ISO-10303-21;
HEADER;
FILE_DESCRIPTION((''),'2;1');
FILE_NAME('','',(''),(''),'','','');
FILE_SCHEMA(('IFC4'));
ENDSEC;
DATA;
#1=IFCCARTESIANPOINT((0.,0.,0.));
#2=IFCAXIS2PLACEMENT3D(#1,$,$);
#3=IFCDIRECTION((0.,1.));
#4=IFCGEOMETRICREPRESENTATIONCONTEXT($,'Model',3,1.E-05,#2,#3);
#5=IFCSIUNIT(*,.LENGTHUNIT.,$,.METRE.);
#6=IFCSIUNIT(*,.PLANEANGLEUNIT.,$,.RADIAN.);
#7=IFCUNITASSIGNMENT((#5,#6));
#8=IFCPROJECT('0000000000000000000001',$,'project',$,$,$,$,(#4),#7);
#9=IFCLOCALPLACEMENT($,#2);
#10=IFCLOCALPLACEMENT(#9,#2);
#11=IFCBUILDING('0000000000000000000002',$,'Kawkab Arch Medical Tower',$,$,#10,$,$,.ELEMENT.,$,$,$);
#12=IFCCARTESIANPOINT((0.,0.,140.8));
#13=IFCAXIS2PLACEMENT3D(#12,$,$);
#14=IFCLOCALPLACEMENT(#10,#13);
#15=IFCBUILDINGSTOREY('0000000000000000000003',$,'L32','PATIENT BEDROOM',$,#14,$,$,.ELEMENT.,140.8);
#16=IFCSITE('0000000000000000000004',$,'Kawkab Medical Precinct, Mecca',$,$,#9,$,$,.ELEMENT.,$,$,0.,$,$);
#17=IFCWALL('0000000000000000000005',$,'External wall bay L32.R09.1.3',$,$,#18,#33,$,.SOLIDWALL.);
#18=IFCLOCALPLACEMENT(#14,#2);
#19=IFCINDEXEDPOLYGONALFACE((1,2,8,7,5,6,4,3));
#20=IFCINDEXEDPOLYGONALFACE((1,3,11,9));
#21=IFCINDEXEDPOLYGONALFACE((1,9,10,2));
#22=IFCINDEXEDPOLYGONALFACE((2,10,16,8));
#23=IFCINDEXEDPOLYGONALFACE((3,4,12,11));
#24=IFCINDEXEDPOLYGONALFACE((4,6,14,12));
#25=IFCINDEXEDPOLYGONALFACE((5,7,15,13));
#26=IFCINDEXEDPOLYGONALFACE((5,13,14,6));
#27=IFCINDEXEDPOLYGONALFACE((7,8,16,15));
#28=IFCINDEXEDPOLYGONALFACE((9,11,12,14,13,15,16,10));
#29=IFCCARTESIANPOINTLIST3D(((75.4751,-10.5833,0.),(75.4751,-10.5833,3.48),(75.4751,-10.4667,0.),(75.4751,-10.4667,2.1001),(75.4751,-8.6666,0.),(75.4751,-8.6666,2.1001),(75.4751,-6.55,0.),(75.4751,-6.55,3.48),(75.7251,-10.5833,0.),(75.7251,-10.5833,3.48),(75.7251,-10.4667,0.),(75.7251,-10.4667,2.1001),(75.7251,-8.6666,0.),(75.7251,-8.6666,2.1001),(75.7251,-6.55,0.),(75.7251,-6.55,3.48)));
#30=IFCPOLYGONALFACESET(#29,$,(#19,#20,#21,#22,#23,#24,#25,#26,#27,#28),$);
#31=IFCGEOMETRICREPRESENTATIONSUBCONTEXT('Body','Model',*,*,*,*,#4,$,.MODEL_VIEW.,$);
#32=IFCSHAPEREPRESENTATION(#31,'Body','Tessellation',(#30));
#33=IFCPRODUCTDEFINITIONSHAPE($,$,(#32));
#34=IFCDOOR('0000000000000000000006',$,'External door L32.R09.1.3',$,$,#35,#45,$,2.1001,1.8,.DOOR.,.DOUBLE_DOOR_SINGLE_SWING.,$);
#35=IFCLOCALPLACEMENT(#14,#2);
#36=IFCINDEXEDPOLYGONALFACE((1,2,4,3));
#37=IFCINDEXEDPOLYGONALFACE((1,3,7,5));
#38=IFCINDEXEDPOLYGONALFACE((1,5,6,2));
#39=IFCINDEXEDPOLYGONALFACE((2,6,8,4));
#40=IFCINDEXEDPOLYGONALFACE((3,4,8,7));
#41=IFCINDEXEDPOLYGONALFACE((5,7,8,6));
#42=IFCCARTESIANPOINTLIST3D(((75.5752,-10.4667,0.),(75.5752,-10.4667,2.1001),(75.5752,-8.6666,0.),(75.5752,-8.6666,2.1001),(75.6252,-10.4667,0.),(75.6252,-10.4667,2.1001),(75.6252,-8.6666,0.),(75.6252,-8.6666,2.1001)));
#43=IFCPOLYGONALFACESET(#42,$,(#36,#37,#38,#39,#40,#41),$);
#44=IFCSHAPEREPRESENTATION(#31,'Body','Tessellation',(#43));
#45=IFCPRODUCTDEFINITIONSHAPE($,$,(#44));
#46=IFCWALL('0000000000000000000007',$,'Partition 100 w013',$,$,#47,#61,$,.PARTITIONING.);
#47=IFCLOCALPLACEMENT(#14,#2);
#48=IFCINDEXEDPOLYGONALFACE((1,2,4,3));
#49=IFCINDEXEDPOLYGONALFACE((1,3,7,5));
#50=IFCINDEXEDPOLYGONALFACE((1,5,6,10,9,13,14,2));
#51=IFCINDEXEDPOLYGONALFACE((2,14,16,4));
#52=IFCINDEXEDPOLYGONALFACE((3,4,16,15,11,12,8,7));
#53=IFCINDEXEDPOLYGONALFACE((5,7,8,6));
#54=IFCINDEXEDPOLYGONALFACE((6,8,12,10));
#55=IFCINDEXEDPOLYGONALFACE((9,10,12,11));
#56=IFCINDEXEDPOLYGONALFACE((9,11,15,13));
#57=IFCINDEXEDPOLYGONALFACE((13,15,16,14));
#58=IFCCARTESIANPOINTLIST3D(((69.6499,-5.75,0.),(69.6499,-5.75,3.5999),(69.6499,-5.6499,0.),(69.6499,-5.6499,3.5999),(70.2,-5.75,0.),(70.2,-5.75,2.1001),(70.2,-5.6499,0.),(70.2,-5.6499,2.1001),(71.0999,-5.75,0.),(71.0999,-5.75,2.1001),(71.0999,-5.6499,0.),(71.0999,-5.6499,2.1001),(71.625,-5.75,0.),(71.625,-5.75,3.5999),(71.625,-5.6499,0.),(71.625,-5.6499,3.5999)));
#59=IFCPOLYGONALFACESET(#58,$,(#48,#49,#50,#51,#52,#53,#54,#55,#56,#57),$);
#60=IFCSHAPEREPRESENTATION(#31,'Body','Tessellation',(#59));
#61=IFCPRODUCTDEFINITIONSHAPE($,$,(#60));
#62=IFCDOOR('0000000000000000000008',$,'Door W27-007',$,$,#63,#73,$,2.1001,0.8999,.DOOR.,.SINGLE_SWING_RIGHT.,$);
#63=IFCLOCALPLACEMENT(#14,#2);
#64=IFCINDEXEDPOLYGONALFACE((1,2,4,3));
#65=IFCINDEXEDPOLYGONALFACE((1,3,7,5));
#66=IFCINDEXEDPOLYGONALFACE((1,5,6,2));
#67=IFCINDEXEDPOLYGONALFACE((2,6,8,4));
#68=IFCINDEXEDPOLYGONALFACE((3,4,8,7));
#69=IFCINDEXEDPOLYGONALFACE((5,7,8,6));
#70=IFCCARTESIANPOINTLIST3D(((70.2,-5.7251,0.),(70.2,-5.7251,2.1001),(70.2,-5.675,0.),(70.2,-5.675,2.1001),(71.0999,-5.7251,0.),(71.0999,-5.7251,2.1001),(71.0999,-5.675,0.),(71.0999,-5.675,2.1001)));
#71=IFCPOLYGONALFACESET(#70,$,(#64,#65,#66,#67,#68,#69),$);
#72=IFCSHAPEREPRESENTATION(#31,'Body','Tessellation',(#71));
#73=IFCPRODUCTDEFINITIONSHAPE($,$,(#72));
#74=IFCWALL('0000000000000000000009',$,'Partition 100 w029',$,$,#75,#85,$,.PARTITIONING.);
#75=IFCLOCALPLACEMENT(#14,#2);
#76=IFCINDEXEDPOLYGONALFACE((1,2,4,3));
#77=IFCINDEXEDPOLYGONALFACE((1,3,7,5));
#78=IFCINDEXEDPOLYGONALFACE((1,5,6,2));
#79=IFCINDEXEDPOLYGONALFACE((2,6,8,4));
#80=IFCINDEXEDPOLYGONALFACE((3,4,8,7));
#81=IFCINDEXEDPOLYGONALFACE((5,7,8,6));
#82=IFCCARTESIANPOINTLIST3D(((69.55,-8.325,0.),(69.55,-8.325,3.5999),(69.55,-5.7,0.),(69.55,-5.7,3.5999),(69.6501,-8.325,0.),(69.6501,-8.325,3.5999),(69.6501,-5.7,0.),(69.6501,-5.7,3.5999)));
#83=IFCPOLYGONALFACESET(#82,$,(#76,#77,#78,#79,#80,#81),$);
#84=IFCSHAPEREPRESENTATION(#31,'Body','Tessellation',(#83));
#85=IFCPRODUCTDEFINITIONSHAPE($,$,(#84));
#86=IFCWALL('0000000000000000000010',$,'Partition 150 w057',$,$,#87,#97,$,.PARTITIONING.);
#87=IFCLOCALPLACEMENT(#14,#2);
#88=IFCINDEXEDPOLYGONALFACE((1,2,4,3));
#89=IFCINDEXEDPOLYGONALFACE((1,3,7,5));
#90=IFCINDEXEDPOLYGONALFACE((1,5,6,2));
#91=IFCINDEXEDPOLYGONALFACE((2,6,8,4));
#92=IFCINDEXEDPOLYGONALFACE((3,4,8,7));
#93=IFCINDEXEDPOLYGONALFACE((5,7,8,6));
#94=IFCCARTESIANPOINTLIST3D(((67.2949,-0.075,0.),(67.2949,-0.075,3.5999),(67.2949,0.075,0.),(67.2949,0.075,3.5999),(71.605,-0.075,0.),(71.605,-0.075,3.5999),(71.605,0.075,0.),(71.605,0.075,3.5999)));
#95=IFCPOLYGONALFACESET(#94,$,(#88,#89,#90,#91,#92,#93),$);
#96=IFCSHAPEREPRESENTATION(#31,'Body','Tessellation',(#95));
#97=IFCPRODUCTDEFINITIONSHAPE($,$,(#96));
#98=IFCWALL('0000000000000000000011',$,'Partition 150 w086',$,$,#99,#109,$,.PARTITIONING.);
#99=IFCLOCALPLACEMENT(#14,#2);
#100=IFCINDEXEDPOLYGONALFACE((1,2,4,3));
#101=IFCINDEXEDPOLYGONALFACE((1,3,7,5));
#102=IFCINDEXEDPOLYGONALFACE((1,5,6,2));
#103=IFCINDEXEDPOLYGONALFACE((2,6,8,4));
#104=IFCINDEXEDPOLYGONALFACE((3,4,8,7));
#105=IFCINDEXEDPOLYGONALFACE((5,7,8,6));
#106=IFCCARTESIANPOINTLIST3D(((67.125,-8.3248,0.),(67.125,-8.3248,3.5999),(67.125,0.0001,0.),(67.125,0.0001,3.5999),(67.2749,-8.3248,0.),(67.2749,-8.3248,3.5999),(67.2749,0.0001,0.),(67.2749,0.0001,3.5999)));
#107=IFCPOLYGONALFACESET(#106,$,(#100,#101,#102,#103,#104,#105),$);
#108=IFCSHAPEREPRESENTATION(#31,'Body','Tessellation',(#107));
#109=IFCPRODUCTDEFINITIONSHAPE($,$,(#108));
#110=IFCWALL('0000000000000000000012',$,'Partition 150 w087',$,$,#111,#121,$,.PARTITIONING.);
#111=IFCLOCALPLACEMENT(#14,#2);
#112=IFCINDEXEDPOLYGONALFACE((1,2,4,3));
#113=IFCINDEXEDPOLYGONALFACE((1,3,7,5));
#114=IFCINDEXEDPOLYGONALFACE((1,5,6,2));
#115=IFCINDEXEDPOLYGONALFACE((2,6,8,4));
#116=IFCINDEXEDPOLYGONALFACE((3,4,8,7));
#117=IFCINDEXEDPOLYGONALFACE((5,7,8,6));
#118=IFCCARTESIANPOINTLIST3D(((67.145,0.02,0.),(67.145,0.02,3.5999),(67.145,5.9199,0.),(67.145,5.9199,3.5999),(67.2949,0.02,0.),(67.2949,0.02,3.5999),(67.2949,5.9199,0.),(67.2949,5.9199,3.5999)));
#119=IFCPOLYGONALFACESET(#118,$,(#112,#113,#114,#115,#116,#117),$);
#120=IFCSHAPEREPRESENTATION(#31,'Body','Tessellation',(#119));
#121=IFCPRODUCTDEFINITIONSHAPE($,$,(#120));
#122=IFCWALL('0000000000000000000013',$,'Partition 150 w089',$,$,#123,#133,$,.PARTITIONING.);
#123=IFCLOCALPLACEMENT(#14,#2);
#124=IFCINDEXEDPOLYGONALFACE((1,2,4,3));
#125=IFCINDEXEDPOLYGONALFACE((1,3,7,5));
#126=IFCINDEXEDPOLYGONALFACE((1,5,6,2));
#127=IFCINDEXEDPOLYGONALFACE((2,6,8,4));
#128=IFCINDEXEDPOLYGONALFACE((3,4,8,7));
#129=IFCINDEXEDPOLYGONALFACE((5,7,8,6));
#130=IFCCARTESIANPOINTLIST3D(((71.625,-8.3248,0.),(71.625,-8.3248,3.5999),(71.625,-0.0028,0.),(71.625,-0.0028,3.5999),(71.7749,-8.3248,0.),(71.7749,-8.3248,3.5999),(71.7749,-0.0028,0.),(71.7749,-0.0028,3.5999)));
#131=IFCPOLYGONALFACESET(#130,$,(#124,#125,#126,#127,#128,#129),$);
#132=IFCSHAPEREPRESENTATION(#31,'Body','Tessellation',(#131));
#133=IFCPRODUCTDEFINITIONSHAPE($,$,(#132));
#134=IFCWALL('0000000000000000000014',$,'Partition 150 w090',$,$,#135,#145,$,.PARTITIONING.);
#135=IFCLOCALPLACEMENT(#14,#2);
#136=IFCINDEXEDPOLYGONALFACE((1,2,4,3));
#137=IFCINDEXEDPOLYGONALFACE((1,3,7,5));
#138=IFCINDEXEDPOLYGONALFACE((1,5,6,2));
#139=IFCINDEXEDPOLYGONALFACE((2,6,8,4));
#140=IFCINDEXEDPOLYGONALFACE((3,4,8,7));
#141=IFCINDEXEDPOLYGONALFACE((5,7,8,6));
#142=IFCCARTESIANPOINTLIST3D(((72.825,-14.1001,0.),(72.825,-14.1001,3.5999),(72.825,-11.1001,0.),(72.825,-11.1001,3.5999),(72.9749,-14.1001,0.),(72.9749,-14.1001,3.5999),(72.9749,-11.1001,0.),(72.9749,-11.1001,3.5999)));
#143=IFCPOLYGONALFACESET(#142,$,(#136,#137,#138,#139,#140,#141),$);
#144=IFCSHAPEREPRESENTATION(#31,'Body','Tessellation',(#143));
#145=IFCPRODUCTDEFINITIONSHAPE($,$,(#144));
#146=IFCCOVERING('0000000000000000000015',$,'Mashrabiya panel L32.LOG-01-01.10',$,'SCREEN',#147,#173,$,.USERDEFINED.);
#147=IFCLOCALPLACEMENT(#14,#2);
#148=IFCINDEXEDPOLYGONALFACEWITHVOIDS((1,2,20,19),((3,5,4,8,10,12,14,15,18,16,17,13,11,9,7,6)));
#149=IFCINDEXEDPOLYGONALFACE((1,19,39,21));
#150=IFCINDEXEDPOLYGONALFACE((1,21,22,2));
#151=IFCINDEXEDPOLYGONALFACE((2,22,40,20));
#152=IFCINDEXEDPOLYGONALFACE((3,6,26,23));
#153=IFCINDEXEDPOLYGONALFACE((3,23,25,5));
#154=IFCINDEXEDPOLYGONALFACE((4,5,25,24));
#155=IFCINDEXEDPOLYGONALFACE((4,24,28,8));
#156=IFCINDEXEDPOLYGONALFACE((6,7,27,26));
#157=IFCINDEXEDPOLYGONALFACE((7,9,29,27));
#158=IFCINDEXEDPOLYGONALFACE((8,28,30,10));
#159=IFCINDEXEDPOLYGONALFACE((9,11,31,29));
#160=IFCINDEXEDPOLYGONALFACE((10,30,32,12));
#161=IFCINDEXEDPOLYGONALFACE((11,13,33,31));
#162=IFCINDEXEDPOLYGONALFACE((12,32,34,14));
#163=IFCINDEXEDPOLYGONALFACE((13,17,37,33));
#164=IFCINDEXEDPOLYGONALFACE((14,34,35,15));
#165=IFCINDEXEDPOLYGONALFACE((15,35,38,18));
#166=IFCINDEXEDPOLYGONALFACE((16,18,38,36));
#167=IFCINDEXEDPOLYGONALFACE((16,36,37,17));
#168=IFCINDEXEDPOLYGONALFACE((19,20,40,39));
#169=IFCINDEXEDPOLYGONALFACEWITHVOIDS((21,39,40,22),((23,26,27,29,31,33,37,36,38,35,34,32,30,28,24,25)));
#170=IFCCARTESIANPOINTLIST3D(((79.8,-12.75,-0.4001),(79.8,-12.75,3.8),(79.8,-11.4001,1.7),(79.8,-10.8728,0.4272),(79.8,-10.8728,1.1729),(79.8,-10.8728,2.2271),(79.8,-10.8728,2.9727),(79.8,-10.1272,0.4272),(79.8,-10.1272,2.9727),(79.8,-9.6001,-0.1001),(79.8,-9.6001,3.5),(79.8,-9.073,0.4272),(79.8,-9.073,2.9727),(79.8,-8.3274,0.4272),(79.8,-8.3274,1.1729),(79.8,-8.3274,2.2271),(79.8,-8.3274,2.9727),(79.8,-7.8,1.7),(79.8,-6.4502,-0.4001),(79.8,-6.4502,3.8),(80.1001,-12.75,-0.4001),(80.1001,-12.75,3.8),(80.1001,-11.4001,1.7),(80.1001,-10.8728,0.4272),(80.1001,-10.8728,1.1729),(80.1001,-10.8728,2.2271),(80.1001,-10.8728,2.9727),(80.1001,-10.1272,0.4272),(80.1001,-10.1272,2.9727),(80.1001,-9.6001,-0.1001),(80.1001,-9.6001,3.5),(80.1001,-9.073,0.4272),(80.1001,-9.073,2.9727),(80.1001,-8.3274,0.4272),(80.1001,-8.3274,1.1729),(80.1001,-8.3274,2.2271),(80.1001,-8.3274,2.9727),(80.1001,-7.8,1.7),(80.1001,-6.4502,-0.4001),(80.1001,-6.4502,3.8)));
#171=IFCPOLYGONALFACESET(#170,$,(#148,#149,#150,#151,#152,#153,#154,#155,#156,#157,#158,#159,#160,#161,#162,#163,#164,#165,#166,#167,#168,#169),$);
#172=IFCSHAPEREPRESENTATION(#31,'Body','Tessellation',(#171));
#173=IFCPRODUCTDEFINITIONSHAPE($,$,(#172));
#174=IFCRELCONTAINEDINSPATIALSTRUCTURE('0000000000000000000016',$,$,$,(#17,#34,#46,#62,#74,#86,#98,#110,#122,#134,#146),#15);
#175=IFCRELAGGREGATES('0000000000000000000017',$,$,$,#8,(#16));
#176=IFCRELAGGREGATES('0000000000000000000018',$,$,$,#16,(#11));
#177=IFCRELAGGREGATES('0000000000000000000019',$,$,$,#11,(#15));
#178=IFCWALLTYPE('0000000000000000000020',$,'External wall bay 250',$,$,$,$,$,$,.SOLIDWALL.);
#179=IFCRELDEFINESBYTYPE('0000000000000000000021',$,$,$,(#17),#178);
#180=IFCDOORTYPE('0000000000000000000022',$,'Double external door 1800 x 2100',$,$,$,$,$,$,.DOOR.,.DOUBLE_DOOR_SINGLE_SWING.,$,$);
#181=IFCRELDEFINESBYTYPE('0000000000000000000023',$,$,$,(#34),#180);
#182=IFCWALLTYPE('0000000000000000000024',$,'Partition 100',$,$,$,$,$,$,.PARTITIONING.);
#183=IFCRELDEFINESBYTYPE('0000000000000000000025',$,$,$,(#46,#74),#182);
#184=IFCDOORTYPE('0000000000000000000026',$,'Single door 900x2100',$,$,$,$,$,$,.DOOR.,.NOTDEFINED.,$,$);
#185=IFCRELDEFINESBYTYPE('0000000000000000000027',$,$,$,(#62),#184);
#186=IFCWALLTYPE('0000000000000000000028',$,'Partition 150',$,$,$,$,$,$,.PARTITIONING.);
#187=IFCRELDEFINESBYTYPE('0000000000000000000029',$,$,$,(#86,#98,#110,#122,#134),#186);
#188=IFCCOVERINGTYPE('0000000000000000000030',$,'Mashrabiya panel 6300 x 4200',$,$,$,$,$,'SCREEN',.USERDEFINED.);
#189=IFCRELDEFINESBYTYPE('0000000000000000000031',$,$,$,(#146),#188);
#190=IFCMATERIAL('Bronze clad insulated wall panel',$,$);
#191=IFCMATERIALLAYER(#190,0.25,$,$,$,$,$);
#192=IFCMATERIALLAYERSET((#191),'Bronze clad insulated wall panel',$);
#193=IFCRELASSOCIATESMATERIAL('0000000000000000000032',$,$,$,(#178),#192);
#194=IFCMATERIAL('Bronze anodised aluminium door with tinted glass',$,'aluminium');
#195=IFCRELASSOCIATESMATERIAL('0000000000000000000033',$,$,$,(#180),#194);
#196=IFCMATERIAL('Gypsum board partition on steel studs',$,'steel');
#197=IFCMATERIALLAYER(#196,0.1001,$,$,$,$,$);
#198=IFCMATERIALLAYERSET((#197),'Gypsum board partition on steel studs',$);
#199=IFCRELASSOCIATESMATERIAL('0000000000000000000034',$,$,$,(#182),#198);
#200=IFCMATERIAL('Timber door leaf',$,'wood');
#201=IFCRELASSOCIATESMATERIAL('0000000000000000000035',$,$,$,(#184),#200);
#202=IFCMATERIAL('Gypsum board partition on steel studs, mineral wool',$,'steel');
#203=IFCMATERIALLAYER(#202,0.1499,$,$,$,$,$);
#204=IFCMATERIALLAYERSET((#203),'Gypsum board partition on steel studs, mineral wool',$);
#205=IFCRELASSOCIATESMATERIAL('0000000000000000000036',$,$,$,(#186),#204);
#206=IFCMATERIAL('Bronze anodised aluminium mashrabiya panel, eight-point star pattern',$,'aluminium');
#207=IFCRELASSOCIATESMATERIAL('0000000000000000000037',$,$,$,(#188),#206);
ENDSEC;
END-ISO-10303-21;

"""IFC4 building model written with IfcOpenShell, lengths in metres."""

from ifc_helpers import new_model, si_unit, direction, frame, frame_2d, origin, place, context, subcontext, project, spatial, polyline, rectangle, outline, extrude, material, layer, layer_set, material_profile, profile_set, type_object, element, fill, save


model = new_model("IFC4")

# Units and contexts
model_context = context("Model", 3, precision=1e-05, world=origin(), true_north=direction((0.0, 1.0)))
body_context = subcontext(model_context, "Body", "Model", "MODEL_VIEW")
ifc_project = project(units=[si_unit("LENGTHUNIT", "METRE"), si_unit("PLANEANGLEUNIT", "RADIAN")], contexts=[model_context])

# Site, building, storey
site_placement = place(None, origin())
site = spatial("IfcSite", under=ifc_project, at=site_placement, Name="Kawkab Medical Precinct, Mecca", CompositionType="ELEMENT", RefElevation=0.0)
building_placement = place(site_placement, origin())
building = spatial("IfcBuilding", under=site, at=building_placement, Name="Kawkab Arch Medical Tower", CompositionType="ELEMENT")
storey_placement = place(building_placement, frame((0.0, 0.0, 140.8)))
storey = spatial("IfcBuildingStorey", under=building, at=storey_placement, Name="L32", Description="PATIENT BEDROOM", CompositionType="ELEMENT", Elevation=140.8)

# Walls, openings, doors
ifc_material_1 = material(Name="Bronze clad insulated wall panel")
ifc_layer_1 = layer(ifc_material_1, 0.25)
ifc_layer_set_1 = layer_set([ifc_layer_1], Name="Bronze clad insulated wall panel")
wall_type_1 = type_object("IfcWallType", Name="External wall bay 250", PredefinedType="SOLIDWALL", material=ifc_layer_set_1)
wall_1_placement = place(storey_placement, frame((75.6001, -10.5833, 0.0), z_axis=(0.0, 0.0, 1.0), x_axis=(0.0, 1.0, 0.0)))
wall_1 = element("IfcWall", 1, at=wall_1_placement, inside=storey, type_object=wall_type_1, Name="External wall bay L32.R09.1.3", PredefinedType="SOLIDWALL", context=body_context, shape_type="SweptSolid", body=[
    extrude(rectangle(XDim=4.0332, YDim=0.25, at=frame_2d((2.0166, 0.0))), origin(), (0.0, 0.0, 1.0), 3.48),
])
opening_1_placement = place(wall_1_placement, frame((0.1167, 0.0, 0.0)))
opening_1 = element("IfcOpeningElement", 2, at=opening_1_placement, cuts=wall_1, PredefinedType="OPENING", context=body_context, shape_type="SweptSolid", body=[
    extrude(rectangle(XDim=1.8, YDim=2.1001, at=frame_2d((0.8999, 1.05))), frame((0.0, 0.135, 0.0), z_axis=(0.0, -1.0, 0.0), x_axis=(1.0, 0.0, 0.0)), (0.0, 0.0, 1.0), 0.27),
])
ifc_material_2 = material(Name="Bronze anodised aluminium door with tinted glass", Category="aluminium")
door_type_1 = type_object("IfcDoorType", Name="Double external door 1800 x 2100", OperationType="DOUBLE_DOOR_SINGLE_SWING", PredefinedType="DOOR", material=ifc_material_2)
door_1_placement = place(opening_1_placement, origin())
door_1 = element("IfcDoor", 3, at=door_1_placement, inside=storey, type_object=door_type_1, Name="External door L32.R09.1.3", OperationType="DOUBLE_DOOR_SINGLE_SWING", OverallHeight=2.1001, OverallWidth=1.8, PredefinedType="DOOR", context=body_context, shape_type="SweptSolid", body=[
    extrude(rectangle(XDim=1.8, YDim=2.1001, at=frame_2d((0.8999, 1.05))), frame((0.0, 0.0249, 0.0), z_axis=(0.0, -1.0, 0.0), x_axis=(1.0, 0.0, 0.0)), (0.0, 0.0, 1.0), 0.05),
])
fill(opening_1, door_1)
ifc_material_3 = material(Name="Gypsum board partition on steel studs", Category="steel")
ifc_layer_2 = layer(ifc_material_3, 0.1001)
ifc_layer_set_2 = layer_set([ifc_layer_2], Name="Gypsum board partition on steel studs")
wall_type_2 = type_object("IfcWallType", Name="Partition 100", PredefinedType="PARTITIONING", material=ifc_layer_set_2)
wall_2_placement = place(storey_placement, frame((69.6499, -5.7, 0.0), z_axis=(0.0, 0.0, 1.0), x_axis=(1.0, 0.0, 0.0)))
wall_2 = element("IfcWall", 4, at=wall_2_placement, inside=storey, type_object=wall_type_2, Name="Partition 100 w013", PredefinedType="PARTITIONING", context=body_context, shape_type="SweptSolid", body=[
    extrude(rectangle(XDim=1.9751, YDim=0.1001, at=frame_2d((0.9875, 0.0))), origin(), (0.0, 0.0, 1.0), 3.5999),
])
opening_2_placement = place(wall_2_placement, frame((0.55, 0.0, 0.0)))
opening_2 = element("IfcOpeningElement", 5, at=opening_2_placement, cuts=wall_2, PredefinedType="OPENING", context=body_context, shape_type="SweptSolid", body=[
    extrude(rectangle(XDim=0.8999, YDim=2.1001, at=frame_2d((0.45, 1.05))), frame((0.0, 0.0601, 0.0), z_axis=(0.0, -1.0, 0.0), x_axis=(1.0, 0.0, 0.0)), (0.0, 0.0, 1.0), 0.1201),
])
ifc_material_4 = material(Name="Timber door leaf", Category="wood")
door_type_2 = type_object("IfcDoorType", Name="Single door 900x2100", OperationType="NOTDEFINED", PredefinedType="DOOR", material=ifc_material_4)
door_2_placement = place(opening_2_placement, origin())
door_2 = element("IfcDoor", 6, at=door_2_placement, inside=storey, type_object=door_type_2, Name="Door W27-007", OperationType="SINGLE_SWING_RIGHT", OverallHeight=2.1001, OverallWidth=0.8999, PredefinedType="DOOR", context=body_context, shape_type="SweptSolid", body=[
    extrude(rectangle(XDim=0.8999, YDim=2.1001, at=frame_2d((0.45, 1.05))), frame((0.0, 0.0249, 0.0), z_axis=(0.0, -1.0, 0.0), x_axis=(1.0, 0.0, 0.0)), (0.0, 0.0, 1.0), 0.05),
])
fill(opening_2, door_2)

# Walls
wall_3_placement = place(storey_placement, frame((69.6001, -8.325, 0.0), z_axis=(0.0, 0.0, 1.0), x_axis=(0.0, 1.0, 0.0)))
element("IfcWall", 7, at=wall_3_placement, inside=storey, type_object=wall_type_2, Name="Partition 100 w029", PredefinedType="PARTITIONING", context=body_context, shape_type="SweptSolid", body=[
    extrude(rectangle(XDim=2.625, YDim=0.1001, at=frame_2d((1.3125, 0.0))), origin(), (0.0, 0.0, 1.0), 3.5999),
])
ifc_material_5 = material(Name="Gypsum board partition on steel studs, mineral wool", Category="steel")
ifc_layer_3 = layer(ifc_material_5, 0.1499)
ifc_layer_set_3 = layer_set([ifc_layer_3], Name="Gypsum board partition on steel studs, mineral wool")
wall_type_3 = type_object("IfcWallType", Name="Partition 150", PredefinedType="PARTITIONING", material=ifc_layer_set_3)
wall_4_placement = place(storey_placement, frame((67.2949, 0.0, 0.0), z_axis=(0.0, 0.0, 1.0), x_axis=(1.0, 0.0, 0.0)))
element("IfcWall", 8, at=wall_4_placement, inside=storey, type_object=wall_type_3, Name="Partition 150 w057", PredefinedType="PARTITIONING", context=body_context, shape_type="SweptSolid", body=[
    extrude(rectangle(XDim=4.3101, YDim=0.1499, at=frame_2d((2.155, 0.0))), origin(), (0.0, 0.0, 1.0), 3.5999),
])
wall_5_placement = place(storey_placement, frame((67.2, -8.325, 0.0), z_axis=(0.0, 0.0, 1.0), x_axis=(0.0, 1.0, 0.0)))
element("IfcWall", 9, at=wall_5_placement, inside=storey, type_object=wall_type_3, Name="Partition 150 w086", PredefinedType="PARTITIONING", context=body_context, shape_type="SweptSolid", body=[
    extrude(rectangle(XDim=8.325, YDim=0.1499, at=frame_2d((4.1626, 0.0))), origin(), (0.0, 0.0, 1.0), 3.5999),
])
wall_6_placement = place(storey_placement, frame((67.22, 0.02, 0.0), z_axis=(0.0, 0.0, 1.0), x_axis=(0.0, 1.0, 0.0)))
element("IfcWall", 10, at=wall_6_placement, inside=storey, type_object=wall_type_3, Name="Partition 150 w087", PredefinedType="PARTITIONING", context=body_context, shape_type="SweptSolid", body=[
    extrude(rectangle(XDim=5.8999, YDim=0.1499, at=frame_2d((2.95, 0.0))), origin(), (0.0, 0.0, 1.0), 3.5999),
])
wall_7_placement = place(storey_placement, frame((71.7, -8.325, 0.0), z_axis=(0.0, 0.0, 1.0), x_axis=(0.0, 1.0, 0.0)))
element("IfcWall", 11, at=wall_7_placement, inside=storey, type_object=wall_type_3, Name="Partition 150 w089", PredefinedType="PARTITIONING", context=body_context, shape_type="SweptSolid", body=[
    extrude(rectangle(XDim=8.322, YDim=0.1499, at=frame_2d((4.1611, 0.0))), origin(), (0.0, 0.0, 1.0), 3.5999),
])
wall_8_placement = place(storey_placement, frame((72.8999, -14.1001, 0.0), z_axis=(0.0, 0.0, 1.0), x_axis=(0.0, 1.0, 0.0)))
element("IfcWall", 12, at=wall_8_placement, inside=storey, type_object=wall_type_3, Name="Partition 150 w090", PredefinedType="PARTITIONING", context=body_context, shape_type="SweptSolid", body=[
    extrude(rectangle(XDim=3.0, YDim=0.1499, at=frame_2d((1.5, 0.0))), origin(), (0.0, 0.0, 1.0), 3.5999),
])

# Covering
ifc_material_6 = material(Name="Bronze anodised aluminium mashrabiya panel, eight-point star pattern", Category="aluminium")
ifc_material_profile_1 = material_profile(ifc_material_6, outline(polyline([(-3.1499, -2.1001), (3.1499, -2.1001), (3.1499, 2.1001), (-3.1499, 2.1001), (-3.1499, -2.1001)]), holes=[polyline([(1.8, 0.0), (1.2727, 0.5271), (1.2727, 1.2727), (0.5271, 1.2727), (0.0, 1.8), (-0.5271, 1.2727), (-1.2727, 1.2727), (-1.2727, 0.5271), (-1.8, 0.0), (-1.2727, -0.5271), (-1.2727, -1.2727), (-0.5271, -1.2727), (0.0, -1.8), (0.5271, -1.2727), (1.2727, -1.2727), (1.2727, -0.5271), (1.8, 0.0)])]), Name="Mashrabiya panel 6300x4200")
ifc_profile_set_1 = profile_set([ifc_material_profile_1], Name="Bronze anodised aluminium mashrabiya panel, eight-point star pattern")
covering_type_1 = type_object("IfcCoveringType", Name="Mashrabiya panel 6300 x 4200", ElementType="SCREEN", PredefinedType="USERDEFINED", material=ifc_profile_set_1)
covering_1_placement = place(storey_placement, frame((79.8, -9.6001, 1.7), z_axis=(1.0, 0.0, 0.0), x_axis=(0.0, 1.0, 0.0)))
element("IfcCovering", 13, at=covering_1_placement, inside=storey, type_object=covering_type_1, Name="Mashrabiya panel L32.LOG-01-01.10", ObjectType="SCREEN", PredefinedType="USERDEFINED", context=body_context, shape_type="SweptSolid", body=[
    extrude(outline(polyline([(-3.1499, -2.1001), (3.1499, -2.1001), (3.1499, 2.1001), (-3.1499, 2.1001), (-3.1499, -2.1001)]), holes=[polyline([(1.8, 0.0), (1.2727, 0.5271), (1.2727, 1.2727), (0.5271, 1.2727), (0.0, 1.8), (-0.5271, 1.2727), (-1.2727, 1.2727), (-1.2727, 0.5271), (-1.8, 0.0), (-1.2727, -0.5271), (-1.2727, -1.2727), (-0.5271, -1.2727), (0.0, -1.8), (0.5271, -1.2727), (1.2727, -1.2727), (1.2727, -0.5271), (1.8, 0.0)])]), origin(), (0.0, 0.0, 1.0), 0.3),
])

save(model, "model.ifc")
